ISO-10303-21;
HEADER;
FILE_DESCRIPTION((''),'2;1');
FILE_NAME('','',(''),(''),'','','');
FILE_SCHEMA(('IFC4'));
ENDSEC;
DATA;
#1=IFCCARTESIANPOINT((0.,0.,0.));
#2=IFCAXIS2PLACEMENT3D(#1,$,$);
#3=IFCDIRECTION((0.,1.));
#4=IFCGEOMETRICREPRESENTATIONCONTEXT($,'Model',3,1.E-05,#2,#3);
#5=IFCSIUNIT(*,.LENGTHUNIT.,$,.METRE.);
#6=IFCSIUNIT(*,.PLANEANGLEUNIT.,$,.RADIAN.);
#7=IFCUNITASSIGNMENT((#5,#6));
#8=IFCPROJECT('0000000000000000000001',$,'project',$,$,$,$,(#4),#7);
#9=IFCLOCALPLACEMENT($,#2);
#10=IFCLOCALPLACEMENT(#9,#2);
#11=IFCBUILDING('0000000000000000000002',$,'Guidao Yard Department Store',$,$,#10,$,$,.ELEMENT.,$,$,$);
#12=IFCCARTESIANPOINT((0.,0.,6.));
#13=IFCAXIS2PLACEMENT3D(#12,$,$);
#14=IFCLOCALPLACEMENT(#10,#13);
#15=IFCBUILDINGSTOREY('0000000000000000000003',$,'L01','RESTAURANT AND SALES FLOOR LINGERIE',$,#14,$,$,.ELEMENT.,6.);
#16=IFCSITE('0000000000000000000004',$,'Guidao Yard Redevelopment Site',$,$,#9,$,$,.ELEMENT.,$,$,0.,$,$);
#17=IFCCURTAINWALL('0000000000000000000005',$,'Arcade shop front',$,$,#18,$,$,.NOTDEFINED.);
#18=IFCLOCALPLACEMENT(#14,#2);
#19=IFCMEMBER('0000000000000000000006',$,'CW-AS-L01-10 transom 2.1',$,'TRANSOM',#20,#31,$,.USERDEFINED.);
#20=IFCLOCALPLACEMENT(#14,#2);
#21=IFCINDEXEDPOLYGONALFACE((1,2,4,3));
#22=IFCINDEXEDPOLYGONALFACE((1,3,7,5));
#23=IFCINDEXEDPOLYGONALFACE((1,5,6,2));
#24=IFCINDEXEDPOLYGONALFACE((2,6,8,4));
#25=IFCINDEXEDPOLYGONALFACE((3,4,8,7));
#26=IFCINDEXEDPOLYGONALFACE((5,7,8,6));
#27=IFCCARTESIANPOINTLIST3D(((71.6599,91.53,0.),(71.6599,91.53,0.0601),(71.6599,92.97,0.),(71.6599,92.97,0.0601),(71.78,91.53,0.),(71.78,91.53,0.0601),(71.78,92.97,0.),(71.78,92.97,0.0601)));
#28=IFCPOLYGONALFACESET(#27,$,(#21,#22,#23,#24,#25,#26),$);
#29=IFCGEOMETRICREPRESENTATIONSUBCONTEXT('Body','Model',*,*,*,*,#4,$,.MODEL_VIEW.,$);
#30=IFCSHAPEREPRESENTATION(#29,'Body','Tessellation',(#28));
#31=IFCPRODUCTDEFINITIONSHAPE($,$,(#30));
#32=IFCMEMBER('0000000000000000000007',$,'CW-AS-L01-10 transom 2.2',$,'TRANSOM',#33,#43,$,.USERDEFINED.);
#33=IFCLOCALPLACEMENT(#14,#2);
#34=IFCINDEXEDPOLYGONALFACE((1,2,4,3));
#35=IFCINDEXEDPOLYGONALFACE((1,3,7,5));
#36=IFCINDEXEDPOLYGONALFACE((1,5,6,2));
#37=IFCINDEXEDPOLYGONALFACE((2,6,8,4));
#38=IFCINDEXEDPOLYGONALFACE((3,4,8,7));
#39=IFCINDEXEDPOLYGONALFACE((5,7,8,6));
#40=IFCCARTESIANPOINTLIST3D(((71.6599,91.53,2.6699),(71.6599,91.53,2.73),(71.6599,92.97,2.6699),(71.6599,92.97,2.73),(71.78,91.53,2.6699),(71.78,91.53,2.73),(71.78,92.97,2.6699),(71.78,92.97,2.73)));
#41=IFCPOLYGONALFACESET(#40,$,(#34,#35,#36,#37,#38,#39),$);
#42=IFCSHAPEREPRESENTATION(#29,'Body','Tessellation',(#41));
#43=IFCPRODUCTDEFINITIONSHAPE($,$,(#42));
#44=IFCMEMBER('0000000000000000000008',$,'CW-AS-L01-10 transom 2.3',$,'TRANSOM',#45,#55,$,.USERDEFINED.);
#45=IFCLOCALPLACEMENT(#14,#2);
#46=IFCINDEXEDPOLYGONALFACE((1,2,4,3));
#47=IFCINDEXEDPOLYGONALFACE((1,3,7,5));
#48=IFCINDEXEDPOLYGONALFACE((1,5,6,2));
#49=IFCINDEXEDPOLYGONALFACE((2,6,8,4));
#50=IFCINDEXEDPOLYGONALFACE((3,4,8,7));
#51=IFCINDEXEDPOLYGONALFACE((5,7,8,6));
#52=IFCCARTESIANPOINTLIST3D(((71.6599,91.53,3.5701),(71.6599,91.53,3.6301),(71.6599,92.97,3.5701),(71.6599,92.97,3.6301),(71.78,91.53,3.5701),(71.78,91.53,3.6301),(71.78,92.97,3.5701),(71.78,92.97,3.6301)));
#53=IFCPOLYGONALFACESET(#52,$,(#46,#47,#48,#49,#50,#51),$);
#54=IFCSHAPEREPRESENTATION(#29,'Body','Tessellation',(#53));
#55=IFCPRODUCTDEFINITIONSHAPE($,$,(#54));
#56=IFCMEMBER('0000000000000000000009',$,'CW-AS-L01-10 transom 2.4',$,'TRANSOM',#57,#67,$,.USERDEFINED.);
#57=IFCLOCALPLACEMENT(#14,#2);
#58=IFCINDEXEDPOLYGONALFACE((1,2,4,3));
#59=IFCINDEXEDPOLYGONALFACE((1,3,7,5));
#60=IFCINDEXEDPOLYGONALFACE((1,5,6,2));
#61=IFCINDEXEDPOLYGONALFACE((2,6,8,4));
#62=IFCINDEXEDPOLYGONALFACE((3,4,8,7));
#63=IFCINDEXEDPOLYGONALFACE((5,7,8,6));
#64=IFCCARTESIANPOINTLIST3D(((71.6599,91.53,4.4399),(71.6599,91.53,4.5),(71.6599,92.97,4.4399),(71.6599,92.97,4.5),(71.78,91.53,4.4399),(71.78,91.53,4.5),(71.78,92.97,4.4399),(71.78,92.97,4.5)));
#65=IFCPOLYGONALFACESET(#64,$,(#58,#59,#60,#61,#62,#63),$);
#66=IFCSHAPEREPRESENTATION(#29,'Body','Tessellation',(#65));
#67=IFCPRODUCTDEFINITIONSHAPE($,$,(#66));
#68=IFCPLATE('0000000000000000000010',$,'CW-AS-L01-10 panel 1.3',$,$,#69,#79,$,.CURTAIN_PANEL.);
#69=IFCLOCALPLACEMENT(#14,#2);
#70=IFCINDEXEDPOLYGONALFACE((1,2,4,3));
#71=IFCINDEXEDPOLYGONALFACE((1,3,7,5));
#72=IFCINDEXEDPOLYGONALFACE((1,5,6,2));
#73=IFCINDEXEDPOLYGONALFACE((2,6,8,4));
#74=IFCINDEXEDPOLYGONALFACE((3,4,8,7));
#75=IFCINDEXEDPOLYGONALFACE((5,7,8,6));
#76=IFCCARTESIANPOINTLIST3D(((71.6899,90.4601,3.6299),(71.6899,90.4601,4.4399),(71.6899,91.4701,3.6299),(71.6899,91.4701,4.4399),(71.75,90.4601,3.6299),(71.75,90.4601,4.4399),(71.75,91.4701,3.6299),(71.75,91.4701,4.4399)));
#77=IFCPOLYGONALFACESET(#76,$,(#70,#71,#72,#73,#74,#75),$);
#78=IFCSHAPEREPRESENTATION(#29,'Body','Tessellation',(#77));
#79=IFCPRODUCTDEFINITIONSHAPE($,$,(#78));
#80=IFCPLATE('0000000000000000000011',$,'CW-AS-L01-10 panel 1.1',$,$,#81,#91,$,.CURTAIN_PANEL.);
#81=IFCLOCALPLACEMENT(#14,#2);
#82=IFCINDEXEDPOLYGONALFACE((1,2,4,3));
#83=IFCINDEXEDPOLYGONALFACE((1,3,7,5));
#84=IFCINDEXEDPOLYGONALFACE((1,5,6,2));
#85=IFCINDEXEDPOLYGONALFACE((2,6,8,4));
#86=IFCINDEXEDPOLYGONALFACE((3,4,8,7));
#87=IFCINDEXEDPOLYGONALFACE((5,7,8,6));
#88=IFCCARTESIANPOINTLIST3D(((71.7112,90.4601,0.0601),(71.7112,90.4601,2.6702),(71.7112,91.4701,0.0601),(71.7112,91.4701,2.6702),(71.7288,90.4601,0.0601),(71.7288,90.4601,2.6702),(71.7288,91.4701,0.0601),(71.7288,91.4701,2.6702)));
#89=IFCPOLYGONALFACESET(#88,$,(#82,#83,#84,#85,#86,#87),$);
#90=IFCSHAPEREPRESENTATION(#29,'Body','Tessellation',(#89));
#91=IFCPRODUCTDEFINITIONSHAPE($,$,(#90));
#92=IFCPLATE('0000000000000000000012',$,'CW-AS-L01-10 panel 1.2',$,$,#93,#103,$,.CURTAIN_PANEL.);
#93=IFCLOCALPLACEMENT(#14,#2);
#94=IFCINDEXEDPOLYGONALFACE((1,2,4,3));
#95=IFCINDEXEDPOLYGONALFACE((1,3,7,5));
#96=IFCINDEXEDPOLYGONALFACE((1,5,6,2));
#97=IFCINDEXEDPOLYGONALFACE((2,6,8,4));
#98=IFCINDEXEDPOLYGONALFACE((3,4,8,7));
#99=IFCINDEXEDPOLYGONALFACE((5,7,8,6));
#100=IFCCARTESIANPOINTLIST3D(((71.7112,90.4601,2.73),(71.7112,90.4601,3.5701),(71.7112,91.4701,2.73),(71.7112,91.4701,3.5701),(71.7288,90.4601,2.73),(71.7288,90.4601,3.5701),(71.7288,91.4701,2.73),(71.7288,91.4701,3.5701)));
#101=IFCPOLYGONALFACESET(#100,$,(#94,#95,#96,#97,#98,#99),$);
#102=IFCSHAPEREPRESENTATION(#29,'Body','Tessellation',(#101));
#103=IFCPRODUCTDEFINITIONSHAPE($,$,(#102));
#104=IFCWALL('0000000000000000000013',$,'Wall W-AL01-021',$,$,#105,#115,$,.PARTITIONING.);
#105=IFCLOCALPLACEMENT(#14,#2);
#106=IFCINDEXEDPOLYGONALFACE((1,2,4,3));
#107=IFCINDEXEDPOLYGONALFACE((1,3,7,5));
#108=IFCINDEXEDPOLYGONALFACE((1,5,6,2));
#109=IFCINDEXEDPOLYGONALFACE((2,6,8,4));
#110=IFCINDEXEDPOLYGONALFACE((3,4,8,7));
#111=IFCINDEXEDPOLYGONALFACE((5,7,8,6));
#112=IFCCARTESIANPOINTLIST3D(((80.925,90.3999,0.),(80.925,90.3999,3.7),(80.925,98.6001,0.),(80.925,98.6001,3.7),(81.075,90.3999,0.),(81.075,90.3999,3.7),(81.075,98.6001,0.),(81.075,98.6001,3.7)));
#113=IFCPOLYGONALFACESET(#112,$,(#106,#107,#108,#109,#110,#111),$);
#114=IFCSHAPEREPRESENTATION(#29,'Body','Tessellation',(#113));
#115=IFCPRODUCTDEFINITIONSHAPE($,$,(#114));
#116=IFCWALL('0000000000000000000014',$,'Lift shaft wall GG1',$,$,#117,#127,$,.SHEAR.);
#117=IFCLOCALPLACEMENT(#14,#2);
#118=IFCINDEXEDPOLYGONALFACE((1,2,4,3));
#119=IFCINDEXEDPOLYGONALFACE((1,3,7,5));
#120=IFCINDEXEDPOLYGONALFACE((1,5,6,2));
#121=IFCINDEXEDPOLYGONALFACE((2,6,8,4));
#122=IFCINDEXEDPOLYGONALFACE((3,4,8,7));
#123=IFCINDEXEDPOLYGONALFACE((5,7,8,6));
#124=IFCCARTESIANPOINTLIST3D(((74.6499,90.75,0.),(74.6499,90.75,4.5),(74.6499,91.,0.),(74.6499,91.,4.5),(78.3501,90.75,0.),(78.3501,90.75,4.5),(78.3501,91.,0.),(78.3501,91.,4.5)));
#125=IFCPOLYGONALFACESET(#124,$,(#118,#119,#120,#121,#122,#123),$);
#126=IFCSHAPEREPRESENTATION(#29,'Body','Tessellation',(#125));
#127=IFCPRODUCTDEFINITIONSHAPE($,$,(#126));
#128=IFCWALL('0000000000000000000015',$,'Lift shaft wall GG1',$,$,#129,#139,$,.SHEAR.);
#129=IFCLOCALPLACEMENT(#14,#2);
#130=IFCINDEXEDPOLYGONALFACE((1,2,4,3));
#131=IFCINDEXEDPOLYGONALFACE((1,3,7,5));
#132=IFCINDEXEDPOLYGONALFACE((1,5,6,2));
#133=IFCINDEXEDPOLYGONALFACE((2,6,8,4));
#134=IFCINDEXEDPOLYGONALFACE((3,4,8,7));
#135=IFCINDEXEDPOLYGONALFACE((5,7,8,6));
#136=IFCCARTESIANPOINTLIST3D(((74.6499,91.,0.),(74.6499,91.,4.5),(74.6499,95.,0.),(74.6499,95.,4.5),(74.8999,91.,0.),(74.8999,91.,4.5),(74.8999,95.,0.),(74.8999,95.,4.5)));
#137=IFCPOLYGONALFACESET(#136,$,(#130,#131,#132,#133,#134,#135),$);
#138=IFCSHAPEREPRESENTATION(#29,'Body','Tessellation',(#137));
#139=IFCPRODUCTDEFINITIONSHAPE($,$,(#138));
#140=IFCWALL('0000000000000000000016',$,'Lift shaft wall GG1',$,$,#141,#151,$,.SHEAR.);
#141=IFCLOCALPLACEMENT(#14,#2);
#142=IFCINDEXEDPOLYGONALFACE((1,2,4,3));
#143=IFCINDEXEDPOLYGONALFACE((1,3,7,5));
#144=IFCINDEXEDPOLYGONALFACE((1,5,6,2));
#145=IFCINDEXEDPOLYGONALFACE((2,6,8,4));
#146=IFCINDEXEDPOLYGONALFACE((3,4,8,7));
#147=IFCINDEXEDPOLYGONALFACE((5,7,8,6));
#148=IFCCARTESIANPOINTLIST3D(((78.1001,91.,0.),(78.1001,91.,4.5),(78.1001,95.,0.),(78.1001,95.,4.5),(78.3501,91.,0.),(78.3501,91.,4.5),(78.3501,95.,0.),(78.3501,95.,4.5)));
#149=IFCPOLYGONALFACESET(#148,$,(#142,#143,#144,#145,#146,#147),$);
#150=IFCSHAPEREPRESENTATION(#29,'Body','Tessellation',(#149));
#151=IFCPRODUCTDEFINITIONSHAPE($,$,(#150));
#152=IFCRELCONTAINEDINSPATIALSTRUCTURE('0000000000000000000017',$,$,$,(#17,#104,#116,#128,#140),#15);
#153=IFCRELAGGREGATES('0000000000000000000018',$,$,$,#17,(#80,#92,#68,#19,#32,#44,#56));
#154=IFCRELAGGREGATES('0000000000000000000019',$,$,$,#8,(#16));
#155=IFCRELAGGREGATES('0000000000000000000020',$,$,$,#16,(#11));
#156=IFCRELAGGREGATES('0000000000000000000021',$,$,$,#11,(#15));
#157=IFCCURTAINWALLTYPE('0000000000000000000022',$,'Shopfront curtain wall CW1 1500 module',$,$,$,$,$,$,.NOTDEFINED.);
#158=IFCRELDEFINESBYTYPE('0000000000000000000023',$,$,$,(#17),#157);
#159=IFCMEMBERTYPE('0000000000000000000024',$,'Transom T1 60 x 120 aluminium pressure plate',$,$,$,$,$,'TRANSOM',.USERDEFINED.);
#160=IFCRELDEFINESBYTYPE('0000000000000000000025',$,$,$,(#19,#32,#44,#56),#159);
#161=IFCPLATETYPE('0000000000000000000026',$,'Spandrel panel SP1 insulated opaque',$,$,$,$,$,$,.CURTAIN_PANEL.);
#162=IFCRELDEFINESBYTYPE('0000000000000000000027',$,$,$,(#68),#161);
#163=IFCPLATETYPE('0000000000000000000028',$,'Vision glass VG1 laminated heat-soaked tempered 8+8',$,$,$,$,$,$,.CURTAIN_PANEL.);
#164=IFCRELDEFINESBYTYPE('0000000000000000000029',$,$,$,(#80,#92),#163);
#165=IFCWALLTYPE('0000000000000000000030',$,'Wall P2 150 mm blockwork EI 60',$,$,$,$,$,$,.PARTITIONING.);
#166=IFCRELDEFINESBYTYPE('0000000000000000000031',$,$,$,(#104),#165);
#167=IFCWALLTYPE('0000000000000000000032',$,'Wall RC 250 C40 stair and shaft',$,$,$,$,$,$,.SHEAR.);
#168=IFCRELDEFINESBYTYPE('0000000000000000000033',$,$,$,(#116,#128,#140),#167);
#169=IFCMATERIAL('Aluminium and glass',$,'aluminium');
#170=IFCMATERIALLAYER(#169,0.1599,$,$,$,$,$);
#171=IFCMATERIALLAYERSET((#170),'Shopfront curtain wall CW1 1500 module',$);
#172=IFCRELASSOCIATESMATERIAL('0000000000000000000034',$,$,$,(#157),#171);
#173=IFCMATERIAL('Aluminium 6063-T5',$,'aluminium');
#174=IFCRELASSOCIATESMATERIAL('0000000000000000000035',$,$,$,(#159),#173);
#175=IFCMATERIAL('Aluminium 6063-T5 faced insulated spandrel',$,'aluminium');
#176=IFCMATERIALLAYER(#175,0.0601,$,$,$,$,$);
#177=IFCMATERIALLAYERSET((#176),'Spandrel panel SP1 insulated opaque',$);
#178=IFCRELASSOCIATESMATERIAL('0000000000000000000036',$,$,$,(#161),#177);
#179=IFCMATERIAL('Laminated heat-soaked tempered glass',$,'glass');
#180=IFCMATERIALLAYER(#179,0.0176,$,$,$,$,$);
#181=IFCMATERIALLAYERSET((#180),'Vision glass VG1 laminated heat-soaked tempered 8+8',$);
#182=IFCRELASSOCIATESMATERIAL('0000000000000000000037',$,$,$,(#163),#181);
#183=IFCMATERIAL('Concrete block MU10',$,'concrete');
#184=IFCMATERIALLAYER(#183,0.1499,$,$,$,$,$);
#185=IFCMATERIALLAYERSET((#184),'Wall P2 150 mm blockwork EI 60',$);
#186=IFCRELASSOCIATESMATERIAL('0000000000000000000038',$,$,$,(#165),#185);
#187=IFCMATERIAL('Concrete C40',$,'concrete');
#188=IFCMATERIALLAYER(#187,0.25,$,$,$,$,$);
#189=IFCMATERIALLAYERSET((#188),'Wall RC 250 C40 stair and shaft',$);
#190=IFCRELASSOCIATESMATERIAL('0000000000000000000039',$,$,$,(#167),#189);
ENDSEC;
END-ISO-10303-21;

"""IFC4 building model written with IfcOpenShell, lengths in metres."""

from ifc_helpers import new_model, si_unit, direction, frame, frame_2d, origin, origin_2d, place, context, subcontext, project, spatial, rectangle, extrude, material, layer, layer_set, material_profile, profile_set, type_object, element, aggregate, save


model = new_model("IFC4")

# Units and contexts
model_context = context("Model", 3, precision=1e-05, world=origin(), true_north=direction((0.0, 1.0)))
body_context = subcontext(model_context, "Body", "Model", "MODEL_VIEW")
ifc_project = project(units=[si_unit("LENGTHUNIT", "METRE"), si_unit("PLANEANGLEUNIT", "RADIAN")], contexts=[model_context])

# Site, building, storey
site_placement = place(None, origin())
site = spatial("IfcSite", under=ifc_project, at=site_placement, Name="Guidao Yard Redevelopment Site", CompositionType="ELEMENT", RefElevation=0.0)
building_placement = place(site_placement, origin())
building = spatial("IfcBuilding", under=site, at=building_placement, Name="Guidao Yard Department Store", CompositionType="ELEMENT")
storey_placement = place(building_placement, frame((0.0, 0.0, 6.0)))
storey = spatial("IfcBuildingStorey", under=building, at=storey_placement, Name="L01", Description="RESTAURANT AND SALES FLOOR LINGERIE", CompositionType="ELEMENT", Elevation=6.0)

# Curtain wall
ifc_material_1 = material(Name="Aluminium and glass", Category="aluminium")
ifc_layer_1 = layer(ifc_material_1, 0.1599)
ifc_layer_set_1 = layer_set([ifc_layer_1], Name="Shopfront curtain wall CW1 1500 module")
curtain_wall_type = type_object("IfcCurtainWallType", Name="Shopfront curtain wall CW1 1500 module", PredefinedType="NOTDEFINED", material=ifc_layer_set_1)
curtain_wall_placement = place(storey_placement, origin())
curtain_wall = element("IfcCurtainWall", 1, at=curtain_wall_placement, inside=storey, type_object=curtain_wall_type, Name="Arcade shop front", PredefinedType="NOTDEFINED")

# Members
ifc_material_2 = material(Name="Aluminium 6063-T5", Category="aluminium")
ifc_material_profile_1 = material_profile(ifc_material_2, rectangle(XDim=0.1201, YDim=0.0601, at=origin_2d()), Name="Transom T1 60 x 120 aluminium pressure plate")
ifc_profile_set_1 = profile_set([ifc_material_profile_1], Name="Aluminium 6063-T5")
member_type_1 = type_object("IfcMemberType", Name="Transom T1 60 x 120 aluminium pressure plate", ElementType="TRANSOM", PredefinedType="USERDEFINED", material=ifc_profile_set_1)
member_1_placement = place(storey_placement, frame((71.72, 91.53, 0.03), z_axis=(0.0, 1.0, 0.0), x_axis=(-1.0, 0.0, 0.0)))
member_1 = element("IfcMember", 2, at=member_1_placement, type_object=member_type_1, Name="CW-AS-L01-10 transom 2.1", ObjectType="TRANSOM", PredefinedType="USERDEFINED", context=body_context, shape_type="SweptSolid", body=[
    extrude(rectangle(XDim=0.1201, YDim=0.0601, at=origin_2d()), origin(), (0.0, 0.0, 1.0), 1.4399),
])
member_2_placement = place(storey_placement, frame((71.72, 91.53, 2.7), z_axis=(0.0, 1.0, 0.0), x_axis=(-1.0, 0.0, 0.0)))
member_2 = element("IfcMember", 3, at=member_2_placement, type_object=member_type_1, Name="CW-AS-L01-10 transom 2.2", ObjectType="TRANSOM", PredefinedType="USERDEFINED", context=body_context, shape_type="SweptSolid", body=[
    extrude(rectangle(XDim=0.1201, YDim=0.0601, at=origin_2d()), origin(), (0.0, 0.0, 1.0), 1.4399),
])
member_3_placement = place(storey_placement, frame((71.72, 91.53, 3.6001), z_axis=(0.0, 1.0, 0.0), x_axis=(-1.0, 0.0, 0.0)))
member_3 = element("IfcMember", 4, at=member_3_placement, type_object=member_type_1, Name="CW-AS-L01-10 transom 2.3", ObjectType="TRANSOM", PredefinedType="USERDEFINED", context=body_context, shape_type="SweptSolid", body=[
    extrude(rectangle(XDim=0.1201, YDim=0.0601, at=origin_2d()), origin(), (0.0, 0.0, 1.0), 1.4399),
])
member_4_placement = place(storey_placement, frame((71.72, 91.53, 4.47), z_axis=(0.0, 1.0, 0.0), x_axis=(-1.0, 0.0, 0.0)))
member_4 = element("IfcMember", 5, at=member_4_placement, type_object=member_type_1, Name="CW-AS-L01-10 transom 2.4", ObjectType="TRANSOM", PredefinedType="USERDEFINED", context=body_context, shape_type="SweptSolid", body=[
    extrude(rectangle(XDim=0.1201, YDim=0.0601, at=origin_2d()), origin(), (0.0, 0.0, 1.0), 1.4399),
])

# Plates
ifc_material_3 = material(Name="Aluminium 6063-T5 faced insulated spandrel", Category="aluminium")
ifc_layer_2 = layer(ifc_material_3, 0.0601)
ifc_layer_set_2 = layer_set([ifc_layer_2], Name="Spandrel panel SP1 insulated opaque")
plate_type_1 = type_object("IfcPlateType", Name="Spandrel panel SP1 insulated opaque", PredefinedType="CURTAIN_PANEL", material=ifc_layer_set_2)
plate_1_placement = place(storey_placement, frame((71.72, 90.9651, 3.6299), z_axis=(0.0, 0.0, 1.0), x_axis=(0.0, 1.0, 0.0)))
plate_1 = element("IfcPlate", 6, at=plate_1_placement, type_object=plate_type_1, Name="CW-AS-L01-10 panel 1.3", PredefinedType="CURTAIN_PANEL", context=body_context, shape_type="SweptSolid", body=[
    extrude(rectangle(XDim=1.01, YDim=0.0601, at=origin_2d()), origin(), (0.0, 0.0, 1.0), 0.8101),
])
ifc_material_4 = material(Name="Laminated heat-soaked tempered glass", Category="glass")
ifc_layer_3 = layer(ifc_material_4, 0.0176)
ifc_layer_set_3 = layer_set([ifc_layer_3], Name="Vision glass VG1 laminated heat-soaked tempered 8+8")
plate_type_2 = type_object("IfcPlateType", Name="Vision glass VG1 laminated heat-soaked tempered 8+8", PredefinedType="CURTAIN_PANEL", material=ifc_layer_set_3)
plate_2_placement = place(storey_placement, frame((71.72, 90.9651, 0.0601), z_axis=(0.0, 0.0, 1.0), x_axis=(0.0, 1.0, 0.0)))
plate_2 = element("IfcPlate", 7, at=plate_2_placement, type_object=plate_type_2, Name="CW-AS-L01-10 panel 1.1", PredefinedType="CURTAIN_PANEL", context=body_context, shape_type="SweptSolid", body=[
    extrude(rectangle(XDim=1.01, YDim=0.0176, at=origin_2d()), origin(), (0.0, 0.0, 1.0), 2.6101),
])
plate_3_placement = place(storey_placement, frame((71.72, 90.9651, 2.73), z_axis=(0.0, 0.0, 1.0), x_axis=(0.0, 1.0, 0.0)))
plate_3 = element("IfcPlate", 8, at=plate_3_placement, type_object=plate_type_2, Name="CW-AS-L01-10 panel 1.2", PredefinedType="CURTAIN_PANEL", context=body_context, shape_type="SweptSolid", body=[
    extrude(rectangle(XDim=1.01, YDim=0.0176, at=origin_2d()), origin(), (0.0, 0.0, 1.0), 0.8401),
])
aggregate(curtain_wall, [plate_2, plate_3, plate_1, member_1, member_2, member_3, member_4])

# Walls
ifc_material_5 = material(Name="Concrete block MU10", Category="concrete")
ifc_layer_4 = layer(ifc_material_5, 0.1499)
ifc_layer_set_4 = layer_set([ifc_layer_4], Name="Wall P2 150 mm blockwork EI 60")
wall_type_1 = type_object("IfcWallType", Name="Wall P2 150 mm blockwork EI 60", PredefinedType="PARTITIONING", material=ifc_layer_set_4)
wall_1_placement = place(storey_placement, frame((81.0, 90.3999, 0.0), z_axis=(0.0, 0.0, 1.0), x_axis=(0.0, 1.0, 0.0)))
element("IfcWall", 9, at=wall_1_placement, inside=storey, type_object=wall_type_1, Name="Wall W-AL01-021", PredefinedType="PARTITIONING", context=body_context, shape_type="SweptSolid", body=[
    extrude(rectangle(XDim=8.2002, YDim=0.1499, at=frame_2d((4.1001, 0.0))), origin(), (0.0, 0.0, 1.0), 3.7),
])
ifc_material_6 = material(Name="Concrete C40", Category="concrete")
ifc_layer_5 = layer(ifc_material_6, 0.25)
ifc_layer_set_5 = layer_set([ifc_layer_5], Name="Wall RC 250 C40 stair and shaft")
wall_type_2 = type_object("IfcWallType", Name="Wall RC 250 C40 stair and shaft", PredefinedType="SHEAR", material=ifc_layer_set_5)
wall_2_placement = place(storey_placement, frame((74.6499, 90.875, 0.0), z_axis=(0.0, 0.0, 1.0), x_axis=(1.0, 0.0, 0.0)))
element("IfcWall", 10, at=wall_2_placement, inside=storey, type_object=wall_type_2, Name="Lift shaft wall GG1", PredefinedType="SHEAR", context=body_context, shape_type="SweptSolid", body=[
    extrude(rectangle(XDim=3.7002, YDim=0.25, at=frame_2d((1.8501, 0.0))), origin(), (0.0, 0.0, 1.0), 4.5),
])
for number, where, z_axis, x_axis, name in (
    (11, (74.7749, 91.0, 0.0), (0.0, 0.0, 1.0), (0.0, 1.0, 0.0), "Lift shaft wall GG1"),
    (12, (78.2251, 91.0, 0.0), (0.0, 0.0, 1.0), (0.0, 1.0, 0.0), "Lift shaft wall GG1"),
):
    element("IfcWall", number, at=place(storey_placement, frame(where, z_axis=z_axis, x_axis=x_axis)), inside=storey, type_object=wall_type_2, Name=name, PredefinedType="SHEAR", context=body_context, shape_type="SweptSolid", body=[
        extrude(rectangle(XDim=4.0, YDim=0.25, at=frame_2d((2.0, 0.0))), origin(), (0.0, 0.0, 1.0), 4.5),
    ])

save(model, "model.ifc")
